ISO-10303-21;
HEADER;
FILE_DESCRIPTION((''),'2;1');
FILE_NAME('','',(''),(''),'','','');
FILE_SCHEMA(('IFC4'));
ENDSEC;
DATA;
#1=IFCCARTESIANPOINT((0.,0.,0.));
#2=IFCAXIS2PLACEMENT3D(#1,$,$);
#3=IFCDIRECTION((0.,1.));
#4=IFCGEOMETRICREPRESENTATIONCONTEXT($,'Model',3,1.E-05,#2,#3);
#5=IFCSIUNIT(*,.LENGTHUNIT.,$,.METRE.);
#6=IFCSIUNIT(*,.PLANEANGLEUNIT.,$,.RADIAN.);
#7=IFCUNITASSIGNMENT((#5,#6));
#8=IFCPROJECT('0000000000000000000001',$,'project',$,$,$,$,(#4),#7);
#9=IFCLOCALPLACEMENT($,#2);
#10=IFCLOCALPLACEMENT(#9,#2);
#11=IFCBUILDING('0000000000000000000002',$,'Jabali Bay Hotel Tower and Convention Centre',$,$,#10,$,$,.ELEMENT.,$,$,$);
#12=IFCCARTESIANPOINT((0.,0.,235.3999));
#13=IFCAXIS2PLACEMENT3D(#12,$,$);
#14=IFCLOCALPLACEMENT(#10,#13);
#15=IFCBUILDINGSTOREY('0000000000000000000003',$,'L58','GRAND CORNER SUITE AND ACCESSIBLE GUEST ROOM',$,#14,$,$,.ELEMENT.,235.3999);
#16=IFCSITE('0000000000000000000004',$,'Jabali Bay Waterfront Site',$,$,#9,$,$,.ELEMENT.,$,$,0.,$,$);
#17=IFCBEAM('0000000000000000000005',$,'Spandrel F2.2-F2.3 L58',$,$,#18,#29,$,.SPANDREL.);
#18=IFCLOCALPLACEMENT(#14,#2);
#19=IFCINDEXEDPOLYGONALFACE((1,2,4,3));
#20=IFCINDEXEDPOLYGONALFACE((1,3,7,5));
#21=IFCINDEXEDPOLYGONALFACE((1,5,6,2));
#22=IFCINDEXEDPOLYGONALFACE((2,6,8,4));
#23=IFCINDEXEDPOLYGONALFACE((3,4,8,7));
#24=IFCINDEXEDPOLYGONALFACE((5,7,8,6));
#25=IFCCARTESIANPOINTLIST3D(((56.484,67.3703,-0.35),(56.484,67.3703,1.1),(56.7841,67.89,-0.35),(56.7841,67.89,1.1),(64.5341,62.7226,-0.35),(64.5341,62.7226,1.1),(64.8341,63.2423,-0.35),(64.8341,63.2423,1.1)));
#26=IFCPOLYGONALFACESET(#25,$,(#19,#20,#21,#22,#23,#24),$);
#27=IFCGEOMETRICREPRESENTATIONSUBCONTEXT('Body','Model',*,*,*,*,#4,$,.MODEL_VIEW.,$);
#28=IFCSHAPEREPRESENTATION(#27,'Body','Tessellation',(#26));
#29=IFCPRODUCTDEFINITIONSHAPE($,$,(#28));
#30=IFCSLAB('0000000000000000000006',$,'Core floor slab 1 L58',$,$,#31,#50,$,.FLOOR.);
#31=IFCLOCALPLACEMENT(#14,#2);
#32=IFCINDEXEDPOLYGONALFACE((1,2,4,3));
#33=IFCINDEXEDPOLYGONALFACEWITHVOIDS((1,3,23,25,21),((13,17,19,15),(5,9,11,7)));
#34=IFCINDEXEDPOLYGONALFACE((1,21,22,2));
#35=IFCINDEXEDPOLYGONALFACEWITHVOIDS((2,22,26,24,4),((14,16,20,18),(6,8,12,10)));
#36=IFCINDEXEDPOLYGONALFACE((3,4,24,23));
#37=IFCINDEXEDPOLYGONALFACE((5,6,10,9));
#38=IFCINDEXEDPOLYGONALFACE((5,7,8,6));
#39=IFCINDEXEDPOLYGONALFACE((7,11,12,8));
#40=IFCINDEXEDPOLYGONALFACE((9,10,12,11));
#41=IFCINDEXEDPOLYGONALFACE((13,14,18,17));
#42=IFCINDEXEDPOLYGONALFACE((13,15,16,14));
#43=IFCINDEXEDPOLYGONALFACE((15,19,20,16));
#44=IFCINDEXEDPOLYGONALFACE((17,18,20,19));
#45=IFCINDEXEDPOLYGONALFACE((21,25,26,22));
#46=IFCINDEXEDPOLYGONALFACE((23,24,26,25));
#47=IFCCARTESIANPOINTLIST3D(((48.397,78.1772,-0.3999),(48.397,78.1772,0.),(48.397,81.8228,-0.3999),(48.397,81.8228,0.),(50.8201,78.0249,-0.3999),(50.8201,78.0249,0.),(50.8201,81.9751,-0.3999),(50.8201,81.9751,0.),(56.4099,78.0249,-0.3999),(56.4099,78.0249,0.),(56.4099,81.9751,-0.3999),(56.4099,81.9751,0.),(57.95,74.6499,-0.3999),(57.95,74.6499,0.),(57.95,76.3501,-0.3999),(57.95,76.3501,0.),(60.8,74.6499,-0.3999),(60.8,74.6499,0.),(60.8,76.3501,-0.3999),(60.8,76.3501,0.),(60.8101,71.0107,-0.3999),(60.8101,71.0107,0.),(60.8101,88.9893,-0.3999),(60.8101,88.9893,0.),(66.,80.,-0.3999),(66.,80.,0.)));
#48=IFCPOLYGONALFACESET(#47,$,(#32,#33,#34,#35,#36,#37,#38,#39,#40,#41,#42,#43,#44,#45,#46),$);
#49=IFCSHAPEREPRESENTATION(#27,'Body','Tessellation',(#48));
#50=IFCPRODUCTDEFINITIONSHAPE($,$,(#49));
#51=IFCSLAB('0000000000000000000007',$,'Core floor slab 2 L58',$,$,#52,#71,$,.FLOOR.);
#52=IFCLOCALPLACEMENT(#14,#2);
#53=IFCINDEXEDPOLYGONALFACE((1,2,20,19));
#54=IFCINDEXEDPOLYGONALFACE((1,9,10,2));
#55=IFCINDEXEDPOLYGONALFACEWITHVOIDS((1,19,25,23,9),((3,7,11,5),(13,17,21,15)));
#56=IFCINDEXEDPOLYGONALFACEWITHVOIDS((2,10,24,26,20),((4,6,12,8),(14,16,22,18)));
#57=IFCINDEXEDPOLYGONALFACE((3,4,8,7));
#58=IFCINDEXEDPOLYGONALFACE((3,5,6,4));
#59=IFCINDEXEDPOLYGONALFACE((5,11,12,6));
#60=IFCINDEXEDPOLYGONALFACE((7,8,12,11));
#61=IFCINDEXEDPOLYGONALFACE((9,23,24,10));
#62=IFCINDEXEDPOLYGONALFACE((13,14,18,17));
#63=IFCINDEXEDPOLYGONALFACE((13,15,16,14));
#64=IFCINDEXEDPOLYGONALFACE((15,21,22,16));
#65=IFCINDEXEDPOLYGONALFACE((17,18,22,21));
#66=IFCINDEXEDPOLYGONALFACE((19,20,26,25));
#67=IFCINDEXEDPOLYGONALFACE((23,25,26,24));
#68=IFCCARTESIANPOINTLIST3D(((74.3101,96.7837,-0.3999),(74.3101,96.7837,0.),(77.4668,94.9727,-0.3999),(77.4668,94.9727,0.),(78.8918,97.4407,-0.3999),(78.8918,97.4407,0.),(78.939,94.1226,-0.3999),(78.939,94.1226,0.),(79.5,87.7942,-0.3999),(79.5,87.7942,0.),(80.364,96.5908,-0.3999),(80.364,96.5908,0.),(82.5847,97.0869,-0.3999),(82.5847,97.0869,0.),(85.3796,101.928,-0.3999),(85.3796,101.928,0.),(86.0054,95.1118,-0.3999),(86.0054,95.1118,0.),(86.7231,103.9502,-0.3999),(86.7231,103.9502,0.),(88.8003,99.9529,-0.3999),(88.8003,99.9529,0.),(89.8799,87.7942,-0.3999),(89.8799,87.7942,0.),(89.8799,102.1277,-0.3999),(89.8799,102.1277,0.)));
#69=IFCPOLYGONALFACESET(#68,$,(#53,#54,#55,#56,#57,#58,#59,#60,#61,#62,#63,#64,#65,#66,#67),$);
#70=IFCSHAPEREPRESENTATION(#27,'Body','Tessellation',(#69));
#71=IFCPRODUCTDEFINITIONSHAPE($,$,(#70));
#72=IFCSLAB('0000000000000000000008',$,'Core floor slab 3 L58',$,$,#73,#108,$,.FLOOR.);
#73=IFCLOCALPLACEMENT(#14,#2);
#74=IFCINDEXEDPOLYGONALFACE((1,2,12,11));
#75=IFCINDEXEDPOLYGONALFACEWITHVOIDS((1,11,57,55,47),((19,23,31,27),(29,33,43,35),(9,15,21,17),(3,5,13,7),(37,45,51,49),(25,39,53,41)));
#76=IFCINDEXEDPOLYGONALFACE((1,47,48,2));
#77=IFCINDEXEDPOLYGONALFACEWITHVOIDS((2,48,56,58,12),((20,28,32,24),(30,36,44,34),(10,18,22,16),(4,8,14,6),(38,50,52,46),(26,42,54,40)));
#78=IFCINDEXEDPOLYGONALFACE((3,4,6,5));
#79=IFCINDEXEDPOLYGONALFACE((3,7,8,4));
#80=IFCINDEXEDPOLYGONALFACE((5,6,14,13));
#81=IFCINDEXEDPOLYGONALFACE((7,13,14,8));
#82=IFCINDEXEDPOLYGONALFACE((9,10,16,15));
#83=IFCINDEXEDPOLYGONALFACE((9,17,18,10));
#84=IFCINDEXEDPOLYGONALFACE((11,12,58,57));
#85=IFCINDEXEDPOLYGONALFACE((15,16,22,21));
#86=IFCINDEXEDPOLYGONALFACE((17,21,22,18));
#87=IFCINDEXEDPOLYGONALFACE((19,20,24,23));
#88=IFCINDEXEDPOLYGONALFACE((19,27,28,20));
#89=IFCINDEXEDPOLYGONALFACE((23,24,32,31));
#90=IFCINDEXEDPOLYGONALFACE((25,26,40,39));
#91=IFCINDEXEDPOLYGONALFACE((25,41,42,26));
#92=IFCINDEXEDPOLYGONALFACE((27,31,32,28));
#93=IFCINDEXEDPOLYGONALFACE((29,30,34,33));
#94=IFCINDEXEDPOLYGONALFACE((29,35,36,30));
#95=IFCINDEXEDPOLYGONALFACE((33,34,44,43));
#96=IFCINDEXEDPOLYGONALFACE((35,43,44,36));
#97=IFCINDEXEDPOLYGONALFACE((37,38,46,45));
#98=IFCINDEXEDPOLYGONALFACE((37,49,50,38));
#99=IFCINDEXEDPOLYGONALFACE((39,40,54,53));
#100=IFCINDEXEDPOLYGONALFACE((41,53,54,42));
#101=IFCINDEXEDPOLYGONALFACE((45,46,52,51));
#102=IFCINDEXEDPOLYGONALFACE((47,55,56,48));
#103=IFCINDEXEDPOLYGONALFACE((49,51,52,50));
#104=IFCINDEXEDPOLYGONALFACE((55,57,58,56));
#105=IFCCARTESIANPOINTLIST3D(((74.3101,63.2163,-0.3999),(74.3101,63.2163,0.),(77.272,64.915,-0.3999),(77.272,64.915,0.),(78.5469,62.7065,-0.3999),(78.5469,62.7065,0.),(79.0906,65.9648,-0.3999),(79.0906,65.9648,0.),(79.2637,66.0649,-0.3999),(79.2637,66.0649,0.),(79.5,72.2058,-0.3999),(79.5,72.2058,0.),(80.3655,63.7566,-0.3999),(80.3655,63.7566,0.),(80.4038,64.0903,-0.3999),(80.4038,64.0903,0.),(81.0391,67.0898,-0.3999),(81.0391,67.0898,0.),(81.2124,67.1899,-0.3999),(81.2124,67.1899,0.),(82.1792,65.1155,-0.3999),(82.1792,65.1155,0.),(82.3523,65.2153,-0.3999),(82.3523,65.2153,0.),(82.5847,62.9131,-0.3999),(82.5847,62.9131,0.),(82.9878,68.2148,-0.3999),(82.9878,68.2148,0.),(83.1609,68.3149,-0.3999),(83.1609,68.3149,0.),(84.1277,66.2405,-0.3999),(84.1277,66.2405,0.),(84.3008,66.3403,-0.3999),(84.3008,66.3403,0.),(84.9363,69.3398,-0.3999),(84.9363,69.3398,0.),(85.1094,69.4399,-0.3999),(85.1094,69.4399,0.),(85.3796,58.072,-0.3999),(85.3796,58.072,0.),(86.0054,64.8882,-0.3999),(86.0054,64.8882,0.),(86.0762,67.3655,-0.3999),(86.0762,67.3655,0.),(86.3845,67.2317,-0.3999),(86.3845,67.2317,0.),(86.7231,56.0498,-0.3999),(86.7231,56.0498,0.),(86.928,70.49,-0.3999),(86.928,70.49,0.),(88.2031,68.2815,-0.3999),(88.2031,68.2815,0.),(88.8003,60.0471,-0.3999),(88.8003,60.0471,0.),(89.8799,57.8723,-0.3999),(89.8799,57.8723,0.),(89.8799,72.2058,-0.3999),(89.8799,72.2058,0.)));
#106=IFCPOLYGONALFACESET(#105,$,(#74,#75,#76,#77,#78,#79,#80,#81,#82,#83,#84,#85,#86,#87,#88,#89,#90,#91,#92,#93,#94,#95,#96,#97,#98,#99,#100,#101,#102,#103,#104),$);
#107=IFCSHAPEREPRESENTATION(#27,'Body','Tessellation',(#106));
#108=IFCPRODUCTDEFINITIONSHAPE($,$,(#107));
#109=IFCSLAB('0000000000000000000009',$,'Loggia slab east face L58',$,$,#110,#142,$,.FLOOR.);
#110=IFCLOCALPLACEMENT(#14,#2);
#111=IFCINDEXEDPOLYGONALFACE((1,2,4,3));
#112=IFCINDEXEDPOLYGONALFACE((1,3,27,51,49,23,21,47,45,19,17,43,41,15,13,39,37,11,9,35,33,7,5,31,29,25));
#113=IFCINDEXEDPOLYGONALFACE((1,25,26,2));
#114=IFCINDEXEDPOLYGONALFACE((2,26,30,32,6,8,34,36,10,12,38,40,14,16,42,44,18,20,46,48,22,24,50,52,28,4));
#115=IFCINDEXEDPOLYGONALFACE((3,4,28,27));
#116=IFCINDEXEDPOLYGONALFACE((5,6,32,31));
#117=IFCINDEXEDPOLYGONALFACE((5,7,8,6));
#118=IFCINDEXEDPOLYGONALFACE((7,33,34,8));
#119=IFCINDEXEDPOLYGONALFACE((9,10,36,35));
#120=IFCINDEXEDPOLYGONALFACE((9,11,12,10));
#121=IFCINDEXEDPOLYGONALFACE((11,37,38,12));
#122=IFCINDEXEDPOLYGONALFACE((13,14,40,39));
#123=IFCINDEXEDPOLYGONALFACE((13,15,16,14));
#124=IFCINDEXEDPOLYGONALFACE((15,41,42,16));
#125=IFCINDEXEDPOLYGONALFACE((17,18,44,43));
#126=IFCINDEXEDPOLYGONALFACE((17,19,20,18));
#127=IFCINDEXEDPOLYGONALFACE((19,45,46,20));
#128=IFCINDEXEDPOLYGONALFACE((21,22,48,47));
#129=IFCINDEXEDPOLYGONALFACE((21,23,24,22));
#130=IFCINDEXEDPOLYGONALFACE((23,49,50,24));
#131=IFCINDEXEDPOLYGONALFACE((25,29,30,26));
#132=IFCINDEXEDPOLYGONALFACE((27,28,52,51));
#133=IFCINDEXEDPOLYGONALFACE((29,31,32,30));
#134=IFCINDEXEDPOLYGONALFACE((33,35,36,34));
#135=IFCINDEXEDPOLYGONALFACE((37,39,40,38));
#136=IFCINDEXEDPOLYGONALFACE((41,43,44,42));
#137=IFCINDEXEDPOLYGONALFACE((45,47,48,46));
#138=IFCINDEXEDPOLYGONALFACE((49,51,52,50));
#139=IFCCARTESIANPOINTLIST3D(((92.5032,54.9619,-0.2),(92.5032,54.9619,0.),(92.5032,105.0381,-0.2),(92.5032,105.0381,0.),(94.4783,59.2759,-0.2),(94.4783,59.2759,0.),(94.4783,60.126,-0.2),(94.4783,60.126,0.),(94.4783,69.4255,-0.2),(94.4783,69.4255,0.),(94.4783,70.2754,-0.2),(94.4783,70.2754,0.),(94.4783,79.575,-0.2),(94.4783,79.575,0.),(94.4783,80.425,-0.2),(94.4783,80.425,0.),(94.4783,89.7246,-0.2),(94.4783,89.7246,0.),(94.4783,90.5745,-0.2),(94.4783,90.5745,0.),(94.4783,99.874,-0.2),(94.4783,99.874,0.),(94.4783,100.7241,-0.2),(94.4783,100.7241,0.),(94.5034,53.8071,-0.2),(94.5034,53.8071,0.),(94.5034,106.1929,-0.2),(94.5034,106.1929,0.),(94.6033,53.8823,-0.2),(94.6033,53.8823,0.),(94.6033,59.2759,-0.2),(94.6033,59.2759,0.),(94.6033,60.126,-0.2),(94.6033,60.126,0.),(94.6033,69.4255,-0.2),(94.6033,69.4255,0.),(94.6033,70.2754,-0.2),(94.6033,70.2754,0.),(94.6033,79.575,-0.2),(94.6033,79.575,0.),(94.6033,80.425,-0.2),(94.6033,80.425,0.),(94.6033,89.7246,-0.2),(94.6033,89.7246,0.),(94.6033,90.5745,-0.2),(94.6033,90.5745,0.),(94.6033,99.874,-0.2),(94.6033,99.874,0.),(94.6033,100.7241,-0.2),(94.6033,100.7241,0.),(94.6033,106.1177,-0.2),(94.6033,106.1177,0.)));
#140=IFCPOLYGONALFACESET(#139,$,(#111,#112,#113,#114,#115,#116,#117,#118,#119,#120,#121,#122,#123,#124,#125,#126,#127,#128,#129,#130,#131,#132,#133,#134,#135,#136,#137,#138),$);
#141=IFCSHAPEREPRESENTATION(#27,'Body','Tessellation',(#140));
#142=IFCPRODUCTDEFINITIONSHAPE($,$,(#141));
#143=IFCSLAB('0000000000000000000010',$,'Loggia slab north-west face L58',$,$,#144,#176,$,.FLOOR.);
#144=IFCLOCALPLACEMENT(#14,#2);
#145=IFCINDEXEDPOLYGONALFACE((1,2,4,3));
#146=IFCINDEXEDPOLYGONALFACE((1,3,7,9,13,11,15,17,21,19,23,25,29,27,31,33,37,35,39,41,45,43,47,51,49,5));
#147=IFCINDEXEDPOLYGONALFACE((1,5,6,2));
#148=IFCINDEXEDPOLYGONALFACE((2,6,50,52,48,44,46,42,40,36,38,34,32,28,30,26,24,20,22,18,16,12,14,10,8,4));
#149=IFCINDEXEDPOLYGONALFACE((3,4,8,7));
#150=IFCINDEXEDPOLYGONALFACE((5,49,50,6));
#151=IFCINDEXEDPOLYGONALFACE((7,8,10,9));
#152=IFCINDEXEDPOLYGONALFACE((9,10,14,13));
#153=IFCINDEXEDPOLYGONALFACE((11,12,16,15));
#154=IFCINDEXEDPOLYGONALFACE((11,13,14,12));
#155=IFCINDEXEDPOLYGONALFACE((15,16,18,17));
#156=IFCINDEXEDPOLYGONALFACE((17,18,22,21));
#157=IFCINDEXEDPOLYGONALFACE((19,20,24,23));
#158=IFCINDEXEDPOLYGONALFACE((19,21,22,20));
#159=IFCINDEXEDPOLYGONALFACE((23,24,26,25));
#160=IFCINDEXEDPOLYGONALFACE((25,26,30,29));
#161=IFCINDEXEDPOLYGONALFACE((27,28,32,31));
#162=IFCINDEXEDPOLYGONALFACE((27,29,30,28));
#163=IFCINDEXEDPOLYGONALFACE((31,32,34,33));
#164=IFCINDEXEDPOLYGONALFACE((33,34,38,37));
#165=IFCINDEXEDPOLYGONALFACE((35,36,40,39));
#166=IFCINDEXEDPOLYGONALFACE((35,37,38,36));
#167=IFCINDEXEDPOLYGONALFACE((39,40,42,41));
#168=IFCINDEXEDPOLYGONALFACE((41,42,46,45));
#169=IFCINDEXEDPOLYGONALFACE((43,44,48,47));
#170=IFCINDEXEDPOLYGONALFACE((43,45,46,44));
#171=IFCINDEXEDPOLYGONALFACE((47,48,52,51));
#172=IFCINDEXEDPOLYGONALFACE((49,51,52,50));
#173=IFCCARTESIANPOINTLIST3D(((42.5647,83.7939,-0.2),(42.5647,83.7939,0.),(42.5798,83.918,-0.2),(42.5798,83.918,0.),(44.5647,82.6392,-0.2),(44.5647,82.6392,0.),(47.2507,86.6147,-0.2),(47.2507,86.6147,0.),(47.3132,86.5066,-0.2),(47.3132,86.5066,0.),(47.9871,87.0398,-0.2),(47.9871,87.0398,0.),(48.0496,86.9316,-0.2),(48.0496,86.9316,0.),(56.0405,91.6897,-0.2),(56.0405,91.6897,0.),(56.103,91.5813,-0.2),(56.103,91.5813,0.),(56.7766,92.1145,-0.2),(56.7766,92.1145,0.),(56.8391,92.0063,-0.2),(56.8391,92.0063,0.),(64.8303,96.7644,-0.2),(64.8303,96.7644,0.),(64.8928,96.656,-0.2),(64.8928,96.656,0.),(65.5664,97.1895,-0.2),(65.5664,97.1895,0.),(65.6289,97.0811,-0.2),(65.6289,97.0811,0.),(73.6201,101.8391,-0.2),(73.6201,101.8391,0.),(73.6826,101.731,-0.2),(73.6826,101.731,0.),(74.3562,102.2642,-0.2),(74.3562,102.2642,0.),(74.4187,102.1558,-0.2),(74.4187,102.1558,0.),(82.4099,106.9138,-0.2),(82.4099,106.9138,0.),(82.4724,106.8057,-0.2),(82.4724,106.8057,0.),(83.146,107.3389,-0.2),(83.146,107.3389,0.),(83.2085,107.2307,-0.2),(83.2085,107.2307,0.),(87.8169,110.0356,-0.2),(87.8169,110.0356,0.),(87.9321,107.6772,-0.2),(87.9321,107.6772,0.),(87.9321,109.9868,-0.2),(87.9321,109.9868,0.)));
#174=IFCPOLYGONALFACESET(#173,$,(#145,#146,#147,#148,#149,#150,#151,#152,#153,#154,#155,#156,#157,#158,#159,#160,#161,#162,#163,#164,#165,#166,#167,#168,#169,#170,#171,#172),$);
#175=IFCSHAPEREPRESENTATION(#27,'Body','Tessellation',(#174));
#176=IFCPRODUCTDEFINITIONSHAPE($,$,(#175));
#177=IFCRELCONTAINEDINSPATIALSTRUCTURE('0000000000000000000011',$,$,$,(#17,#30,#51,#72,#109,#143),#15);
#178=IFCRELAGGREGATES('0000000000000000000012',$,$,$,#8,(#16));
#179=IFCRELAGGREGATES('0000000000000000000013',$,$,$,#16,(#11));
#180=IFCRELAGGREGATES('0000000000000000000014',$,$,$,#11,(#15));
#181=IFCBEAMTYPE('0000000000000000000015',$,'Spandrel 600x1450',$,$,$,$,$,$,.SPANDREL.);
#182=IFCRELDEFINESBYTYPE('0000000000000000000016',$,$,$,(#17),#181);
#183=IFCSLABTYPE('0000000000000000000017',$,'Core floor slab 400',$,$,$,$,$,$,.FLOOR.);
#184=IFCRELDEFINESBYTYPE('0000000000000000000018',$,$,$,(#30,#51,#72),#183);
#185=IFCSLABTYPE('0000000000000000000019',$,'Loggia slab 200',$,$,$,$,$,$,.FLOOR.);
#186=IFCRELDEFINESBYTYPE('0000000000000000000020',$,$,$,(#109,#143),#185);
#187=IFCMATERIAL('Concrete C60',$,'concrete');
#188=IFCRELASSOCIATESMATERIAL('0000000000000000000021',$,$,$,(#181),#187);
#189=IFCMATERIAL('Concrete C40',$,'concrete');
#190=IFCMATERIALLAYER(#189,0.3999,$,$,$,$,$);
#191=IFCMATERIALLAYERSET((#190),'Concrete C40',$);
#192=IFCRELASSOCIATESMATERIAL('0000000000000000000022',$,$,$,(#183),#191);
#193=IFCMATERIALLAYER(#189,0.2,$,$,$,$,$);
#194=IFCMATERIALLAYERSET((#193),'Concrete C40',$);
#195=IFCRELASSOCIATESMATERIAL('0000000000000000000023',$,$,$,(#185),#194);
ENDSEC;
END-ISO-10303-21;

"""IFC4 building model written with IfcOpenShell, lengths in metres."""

from ifc_helpers import new_model, si_unit, direction, frame, origin, origin_2d, place, context, subcontext, project, spatial, polyline, rectangle, outline, extrude, material, layer, layer_set, material_profile, profile_set, type_object, element, save


model = new_model("IFC4")

# Units and contexts
model_context = context("Model", 3, precision=1e-05, world=origin(), true_north=direction((0.0, 1.0)))
body_context = subcontext(model_context, "Body", "Model", "MODEL_VIEW")
ifc_project = project(units=[si_unit("LENGTHUNIT", "METRE"), si_unit("PLANEANGLEUNIT", "RADIAN")], contexts=[model_context])

# Site, building, storey
site_placement = place(None, origin())
site = spatial("IfcSite", under=ifc_project, at=site_placement, Name="Jabali Bay Waterfront Site", CompositionType="ELEMENT", RefElevation=0.0)
building_placement = place(site_placement, origin())
building = spatial("IfcBuilding", under=site, at=building_placement, Name="Jabali Bay Hotel Tower and Convention Centre", CompositionType="ELEMENT")
storey_placement = place(building_placement, frame((0.0, 0.0, 235.3999)))
storey = spatial("IfcBuildingStorey", under=building, at=storey_placement, Name="L58", Description="GRAND CORNER SUITE AND ACCESSIBLE GUEST ROOM", CompositionType="ELEMENT", Elevation=235.3999)

# Beam
ifc_material_1 = material(Name="Concrete C60", Category="concrete")
ifc_material_profile = material_profile(ifc_material_1, rectangle(XDim=0.6001, YDim=1.45, at=origin_2d()), Name="Spandrel 600x1450")
ifc_profile_set = profile_set([ifc_material_profile], Name="Concrete C60")
beam_type = type_object("IfcBeamType", Name="Spandrel 600x1450", PredefinedType="SPANDREL", material=ifc_profile_set)
beam_placement = place(storey_placement, frame((56.634, 67.6301, 0.375), z_axis=(0.866025, -0.500001, 0.0), x_axis=(0.500001, 0.866025, 0.0)))
element("IfcBeam", 1, at=beam_placement, inside=storey, type_object=beam_type, Name="Spandrel F2.2-F2.3 L58", PredefinedType="SPANDREL", context=body_context, shape_type="SweptSolid", body=[
    extrude(rectangle(XDim=0.6001, YDim=1.45, at=origin_2d()), origin(), (0.0, 0.0, 1.0), 9.2954),
])

# Slabs
ifc_material_2 = material(Name="Concrete C40", Category="concrete")
ifc_layer_1 = layer(ifc_material_2, 0.3999)
ifc_layer_set_1 = layer_set([ifc_layer_1], Name="Concrete C40")
slab_type_1 = type_object("IfcSlabType", Name="Core floor slab 400", PredefinedType="FLOOR", material=ifc_layer_set_1)
slab_1_placement = place(storey_placement, frame((0.0, 0.0, -0.3999)))
element("IfcSlab", 2, at=slab_1_placement, inside=storey, type_object=slab_type_1, Name="Core floor slab 1 L58", PredefinedType="FLOOR", context=body_context, shape_type="SweptSolid", body=[
    extrude(outline(polyline([(66.0, 80.0), (60.8101, 88.9893), (48.397, 81.8228), (48.397, 78.1772), (60.8101, 71.0107), (66.0, 80.0)]), holes=[polyline([(60.8, 76.3501), (57.95, 76.3501), (57.95, 74.6499), (60.8, 74.6499), (60.8, 76.3501)]), polyline([(50.8201, 81.9751), (50.8201, 78.0249), (56.4099, 78.0249), (56.4099, 81.9751), (50.8201, 81.9751)])]), origin(), (0.0, 0.0, 1.0), 0.3999),
])
slab_2_placement = place(storey_placement, frame((0.0, 0.0, -0.3999)))
element("IfcSlab", 3, at=slab_2_placement, inside=storey, type_object=slab_type_1, Name="Core floor slab 2 L58", PredefinedType="FLOOR", context=body_context, shape_type="SweptSolid", body=[
    extrude(outline(polyline([(79.5, 87.7942), (89.8799, 87.7942), (89.8799, 102.1277), (86.7231, 103.9502), (74.3101, 96.7837), (79.5, 87.7942)]), holes=[polyline([(78.939, 94.1226), (80.364, 96.5908), (78.8918, 97.4407), (77.4668, 94.9727), (78.939, 94.1226)]), polyline([(88.8003, 99.9529), (85.3796, 101.928), (82.5847, 97.0869), (86.0054, 95.1118), (88.8003, 99.9529)])]), origin(), (0.0, 0.0, 1.0), 0.3999),
])
slab_3_placement = place(storey_placement, frame((0.0, 0.0, -0.3999)))
element("IfcSlab", 4, at=slab_3_placement, inside=storey, type_object=slab_type_1, Name="Core floor slab 3 L58", PredefinedType="FLOOR", context=body_context, shape_type="SweptSolid", body=[
    extrude(outline(polyline([(79.5, 72.2058), (74.3101, 63.2163), (86.7231, 56.0498), (89.8799, 57.8723), (89.8799, 72.2058), (79.5, 72.2058)]), holes=[polyline([(82.5847, 62.9131), (85.3796, 58.072), (88.8003, 60.0471), (86.0054, 64.8882), (82.5847, 62.9131)]), polyline([(80.3655, 63.7566), (79.0906, 65.9648), (77.272, 64.915), (78.5469, 62.7065), (80.3655, 63.7566)]), polyline([(82.1792, 65.1155), (81.0391, 67.0898), (79.2637, 66.0649), (80.4038, 64.0903), (82.1792, 65.1155)]), polyline([(82.9878, 68.2148), (81.2124, 67.1899), (82.3523, 65.2153), (84.1277, 66.2405), (82.9878, 68.2148)]), polyline([(86.0762, 67.3655), (84.9363, 69.3398), (83.1609, 68.3149), (84.3008, 66.3403), (86.0762, 67.3655)]), polyline([(88.2031, 68.2815), (86.928, 70.49), (85.1094, 69.4399), (86.3845, 67.2317), (88.2031, 68.2815)])]), origin(), (0.0, 0.0, 1.0), 0.3999),
])
ifc_layer_2 = layer(ifc_material_2, 0.2)
ifc_layer_set_2 = layer_set([ifc_layer_2], Name="Concrete C40")
slab_type_2 = type_object("IfcSlabType", Name="Loggia slab 200", PredefinedType="FLOOR", material=ifc_layer_set_2)
slab_4_placement = place(storey_placement, frame((0.0, 0.0, -0.2)))
element("IfcSlab", 5, at=slab_4_placement, inside=storey, type_object=slab_type_2, Name="Loggia slab east face L58", PredefinedType="FLOOR", context=body_context, shape_type="SweptSolid", body=[
    extrude(outline(polyline([(92.5032, 105.0381), (94.5034, 106.1929), (94.6033, 106.1177), (94.6033, 100.7241), (94.4783, 100.7241), (94.4783, 99.874), (94.6033, 99.874), (94.6033, 90.5745), (94.4783, 90.5745), (94.4783, 89.7246), (94.6033, 89.7246), (94.6033, 80.425), (94.4783, 80.425), (94.4783, 79.575), (94.6033, 79.575), (94.6033, 70.2754), (94.4783, 70.2754), (94.4783, 69.4255), (94.6033, 69.4255), (94.6033, 60.126), (94.4783, 60.126), (94.4783, 59.2759), (94.6033, 59.2759), (94.6033, 53.8823), (94.5034, 53.8071), (92.5032, 54.9619), (92.5032, 105.0381)])), origin(), (0.0, 0.0, 1.0), 0.2),
])
slab_5_placement = place(storey_placement, frame((0.0, 0.0, -0.2)))
element("IfcSlab", 6, at=slab_5_placement, inside=storey, type_object=slab_type_2, Name="Loggia slab north-west face L58", PredefinedType="FLOOR", context=body_context, shape_type="SweptSolid", body=[
    extrude(outline(polyline([(44.5647, 82.6392), (42.5647, 83.7939), (42.5798, 83.918), (47.2507, 86.6147), (47.3132, 86.5066), (48.0496, 86.9316), (47.9871, 87.0398), (56.0405, 91.6897), (56.103, 91.5813), (56.8391, 92.0063), (56.7766, 92.1145), (64.8303, 96.7644), (64.8928, 96.656), (65.6289, 97.0811), (65.5664, 97.1895), (73.6201, 101.8391), (73.6826, 101.731), (74.4187, 102.1558), (74.3562, 102.2642), (82.4099, 106.9138), (82.4724, 106.8057), (83.2085, 107.2307), (83.146, 107.3389), (87.8169, 110.0356), (87.9321, 109.9868), (87.9321, 107.6772), (44.5647, 82.6392)])), origin(), (0.0, 0.0, 1.0), 0.2),
])

save(model, "model.ifc")
